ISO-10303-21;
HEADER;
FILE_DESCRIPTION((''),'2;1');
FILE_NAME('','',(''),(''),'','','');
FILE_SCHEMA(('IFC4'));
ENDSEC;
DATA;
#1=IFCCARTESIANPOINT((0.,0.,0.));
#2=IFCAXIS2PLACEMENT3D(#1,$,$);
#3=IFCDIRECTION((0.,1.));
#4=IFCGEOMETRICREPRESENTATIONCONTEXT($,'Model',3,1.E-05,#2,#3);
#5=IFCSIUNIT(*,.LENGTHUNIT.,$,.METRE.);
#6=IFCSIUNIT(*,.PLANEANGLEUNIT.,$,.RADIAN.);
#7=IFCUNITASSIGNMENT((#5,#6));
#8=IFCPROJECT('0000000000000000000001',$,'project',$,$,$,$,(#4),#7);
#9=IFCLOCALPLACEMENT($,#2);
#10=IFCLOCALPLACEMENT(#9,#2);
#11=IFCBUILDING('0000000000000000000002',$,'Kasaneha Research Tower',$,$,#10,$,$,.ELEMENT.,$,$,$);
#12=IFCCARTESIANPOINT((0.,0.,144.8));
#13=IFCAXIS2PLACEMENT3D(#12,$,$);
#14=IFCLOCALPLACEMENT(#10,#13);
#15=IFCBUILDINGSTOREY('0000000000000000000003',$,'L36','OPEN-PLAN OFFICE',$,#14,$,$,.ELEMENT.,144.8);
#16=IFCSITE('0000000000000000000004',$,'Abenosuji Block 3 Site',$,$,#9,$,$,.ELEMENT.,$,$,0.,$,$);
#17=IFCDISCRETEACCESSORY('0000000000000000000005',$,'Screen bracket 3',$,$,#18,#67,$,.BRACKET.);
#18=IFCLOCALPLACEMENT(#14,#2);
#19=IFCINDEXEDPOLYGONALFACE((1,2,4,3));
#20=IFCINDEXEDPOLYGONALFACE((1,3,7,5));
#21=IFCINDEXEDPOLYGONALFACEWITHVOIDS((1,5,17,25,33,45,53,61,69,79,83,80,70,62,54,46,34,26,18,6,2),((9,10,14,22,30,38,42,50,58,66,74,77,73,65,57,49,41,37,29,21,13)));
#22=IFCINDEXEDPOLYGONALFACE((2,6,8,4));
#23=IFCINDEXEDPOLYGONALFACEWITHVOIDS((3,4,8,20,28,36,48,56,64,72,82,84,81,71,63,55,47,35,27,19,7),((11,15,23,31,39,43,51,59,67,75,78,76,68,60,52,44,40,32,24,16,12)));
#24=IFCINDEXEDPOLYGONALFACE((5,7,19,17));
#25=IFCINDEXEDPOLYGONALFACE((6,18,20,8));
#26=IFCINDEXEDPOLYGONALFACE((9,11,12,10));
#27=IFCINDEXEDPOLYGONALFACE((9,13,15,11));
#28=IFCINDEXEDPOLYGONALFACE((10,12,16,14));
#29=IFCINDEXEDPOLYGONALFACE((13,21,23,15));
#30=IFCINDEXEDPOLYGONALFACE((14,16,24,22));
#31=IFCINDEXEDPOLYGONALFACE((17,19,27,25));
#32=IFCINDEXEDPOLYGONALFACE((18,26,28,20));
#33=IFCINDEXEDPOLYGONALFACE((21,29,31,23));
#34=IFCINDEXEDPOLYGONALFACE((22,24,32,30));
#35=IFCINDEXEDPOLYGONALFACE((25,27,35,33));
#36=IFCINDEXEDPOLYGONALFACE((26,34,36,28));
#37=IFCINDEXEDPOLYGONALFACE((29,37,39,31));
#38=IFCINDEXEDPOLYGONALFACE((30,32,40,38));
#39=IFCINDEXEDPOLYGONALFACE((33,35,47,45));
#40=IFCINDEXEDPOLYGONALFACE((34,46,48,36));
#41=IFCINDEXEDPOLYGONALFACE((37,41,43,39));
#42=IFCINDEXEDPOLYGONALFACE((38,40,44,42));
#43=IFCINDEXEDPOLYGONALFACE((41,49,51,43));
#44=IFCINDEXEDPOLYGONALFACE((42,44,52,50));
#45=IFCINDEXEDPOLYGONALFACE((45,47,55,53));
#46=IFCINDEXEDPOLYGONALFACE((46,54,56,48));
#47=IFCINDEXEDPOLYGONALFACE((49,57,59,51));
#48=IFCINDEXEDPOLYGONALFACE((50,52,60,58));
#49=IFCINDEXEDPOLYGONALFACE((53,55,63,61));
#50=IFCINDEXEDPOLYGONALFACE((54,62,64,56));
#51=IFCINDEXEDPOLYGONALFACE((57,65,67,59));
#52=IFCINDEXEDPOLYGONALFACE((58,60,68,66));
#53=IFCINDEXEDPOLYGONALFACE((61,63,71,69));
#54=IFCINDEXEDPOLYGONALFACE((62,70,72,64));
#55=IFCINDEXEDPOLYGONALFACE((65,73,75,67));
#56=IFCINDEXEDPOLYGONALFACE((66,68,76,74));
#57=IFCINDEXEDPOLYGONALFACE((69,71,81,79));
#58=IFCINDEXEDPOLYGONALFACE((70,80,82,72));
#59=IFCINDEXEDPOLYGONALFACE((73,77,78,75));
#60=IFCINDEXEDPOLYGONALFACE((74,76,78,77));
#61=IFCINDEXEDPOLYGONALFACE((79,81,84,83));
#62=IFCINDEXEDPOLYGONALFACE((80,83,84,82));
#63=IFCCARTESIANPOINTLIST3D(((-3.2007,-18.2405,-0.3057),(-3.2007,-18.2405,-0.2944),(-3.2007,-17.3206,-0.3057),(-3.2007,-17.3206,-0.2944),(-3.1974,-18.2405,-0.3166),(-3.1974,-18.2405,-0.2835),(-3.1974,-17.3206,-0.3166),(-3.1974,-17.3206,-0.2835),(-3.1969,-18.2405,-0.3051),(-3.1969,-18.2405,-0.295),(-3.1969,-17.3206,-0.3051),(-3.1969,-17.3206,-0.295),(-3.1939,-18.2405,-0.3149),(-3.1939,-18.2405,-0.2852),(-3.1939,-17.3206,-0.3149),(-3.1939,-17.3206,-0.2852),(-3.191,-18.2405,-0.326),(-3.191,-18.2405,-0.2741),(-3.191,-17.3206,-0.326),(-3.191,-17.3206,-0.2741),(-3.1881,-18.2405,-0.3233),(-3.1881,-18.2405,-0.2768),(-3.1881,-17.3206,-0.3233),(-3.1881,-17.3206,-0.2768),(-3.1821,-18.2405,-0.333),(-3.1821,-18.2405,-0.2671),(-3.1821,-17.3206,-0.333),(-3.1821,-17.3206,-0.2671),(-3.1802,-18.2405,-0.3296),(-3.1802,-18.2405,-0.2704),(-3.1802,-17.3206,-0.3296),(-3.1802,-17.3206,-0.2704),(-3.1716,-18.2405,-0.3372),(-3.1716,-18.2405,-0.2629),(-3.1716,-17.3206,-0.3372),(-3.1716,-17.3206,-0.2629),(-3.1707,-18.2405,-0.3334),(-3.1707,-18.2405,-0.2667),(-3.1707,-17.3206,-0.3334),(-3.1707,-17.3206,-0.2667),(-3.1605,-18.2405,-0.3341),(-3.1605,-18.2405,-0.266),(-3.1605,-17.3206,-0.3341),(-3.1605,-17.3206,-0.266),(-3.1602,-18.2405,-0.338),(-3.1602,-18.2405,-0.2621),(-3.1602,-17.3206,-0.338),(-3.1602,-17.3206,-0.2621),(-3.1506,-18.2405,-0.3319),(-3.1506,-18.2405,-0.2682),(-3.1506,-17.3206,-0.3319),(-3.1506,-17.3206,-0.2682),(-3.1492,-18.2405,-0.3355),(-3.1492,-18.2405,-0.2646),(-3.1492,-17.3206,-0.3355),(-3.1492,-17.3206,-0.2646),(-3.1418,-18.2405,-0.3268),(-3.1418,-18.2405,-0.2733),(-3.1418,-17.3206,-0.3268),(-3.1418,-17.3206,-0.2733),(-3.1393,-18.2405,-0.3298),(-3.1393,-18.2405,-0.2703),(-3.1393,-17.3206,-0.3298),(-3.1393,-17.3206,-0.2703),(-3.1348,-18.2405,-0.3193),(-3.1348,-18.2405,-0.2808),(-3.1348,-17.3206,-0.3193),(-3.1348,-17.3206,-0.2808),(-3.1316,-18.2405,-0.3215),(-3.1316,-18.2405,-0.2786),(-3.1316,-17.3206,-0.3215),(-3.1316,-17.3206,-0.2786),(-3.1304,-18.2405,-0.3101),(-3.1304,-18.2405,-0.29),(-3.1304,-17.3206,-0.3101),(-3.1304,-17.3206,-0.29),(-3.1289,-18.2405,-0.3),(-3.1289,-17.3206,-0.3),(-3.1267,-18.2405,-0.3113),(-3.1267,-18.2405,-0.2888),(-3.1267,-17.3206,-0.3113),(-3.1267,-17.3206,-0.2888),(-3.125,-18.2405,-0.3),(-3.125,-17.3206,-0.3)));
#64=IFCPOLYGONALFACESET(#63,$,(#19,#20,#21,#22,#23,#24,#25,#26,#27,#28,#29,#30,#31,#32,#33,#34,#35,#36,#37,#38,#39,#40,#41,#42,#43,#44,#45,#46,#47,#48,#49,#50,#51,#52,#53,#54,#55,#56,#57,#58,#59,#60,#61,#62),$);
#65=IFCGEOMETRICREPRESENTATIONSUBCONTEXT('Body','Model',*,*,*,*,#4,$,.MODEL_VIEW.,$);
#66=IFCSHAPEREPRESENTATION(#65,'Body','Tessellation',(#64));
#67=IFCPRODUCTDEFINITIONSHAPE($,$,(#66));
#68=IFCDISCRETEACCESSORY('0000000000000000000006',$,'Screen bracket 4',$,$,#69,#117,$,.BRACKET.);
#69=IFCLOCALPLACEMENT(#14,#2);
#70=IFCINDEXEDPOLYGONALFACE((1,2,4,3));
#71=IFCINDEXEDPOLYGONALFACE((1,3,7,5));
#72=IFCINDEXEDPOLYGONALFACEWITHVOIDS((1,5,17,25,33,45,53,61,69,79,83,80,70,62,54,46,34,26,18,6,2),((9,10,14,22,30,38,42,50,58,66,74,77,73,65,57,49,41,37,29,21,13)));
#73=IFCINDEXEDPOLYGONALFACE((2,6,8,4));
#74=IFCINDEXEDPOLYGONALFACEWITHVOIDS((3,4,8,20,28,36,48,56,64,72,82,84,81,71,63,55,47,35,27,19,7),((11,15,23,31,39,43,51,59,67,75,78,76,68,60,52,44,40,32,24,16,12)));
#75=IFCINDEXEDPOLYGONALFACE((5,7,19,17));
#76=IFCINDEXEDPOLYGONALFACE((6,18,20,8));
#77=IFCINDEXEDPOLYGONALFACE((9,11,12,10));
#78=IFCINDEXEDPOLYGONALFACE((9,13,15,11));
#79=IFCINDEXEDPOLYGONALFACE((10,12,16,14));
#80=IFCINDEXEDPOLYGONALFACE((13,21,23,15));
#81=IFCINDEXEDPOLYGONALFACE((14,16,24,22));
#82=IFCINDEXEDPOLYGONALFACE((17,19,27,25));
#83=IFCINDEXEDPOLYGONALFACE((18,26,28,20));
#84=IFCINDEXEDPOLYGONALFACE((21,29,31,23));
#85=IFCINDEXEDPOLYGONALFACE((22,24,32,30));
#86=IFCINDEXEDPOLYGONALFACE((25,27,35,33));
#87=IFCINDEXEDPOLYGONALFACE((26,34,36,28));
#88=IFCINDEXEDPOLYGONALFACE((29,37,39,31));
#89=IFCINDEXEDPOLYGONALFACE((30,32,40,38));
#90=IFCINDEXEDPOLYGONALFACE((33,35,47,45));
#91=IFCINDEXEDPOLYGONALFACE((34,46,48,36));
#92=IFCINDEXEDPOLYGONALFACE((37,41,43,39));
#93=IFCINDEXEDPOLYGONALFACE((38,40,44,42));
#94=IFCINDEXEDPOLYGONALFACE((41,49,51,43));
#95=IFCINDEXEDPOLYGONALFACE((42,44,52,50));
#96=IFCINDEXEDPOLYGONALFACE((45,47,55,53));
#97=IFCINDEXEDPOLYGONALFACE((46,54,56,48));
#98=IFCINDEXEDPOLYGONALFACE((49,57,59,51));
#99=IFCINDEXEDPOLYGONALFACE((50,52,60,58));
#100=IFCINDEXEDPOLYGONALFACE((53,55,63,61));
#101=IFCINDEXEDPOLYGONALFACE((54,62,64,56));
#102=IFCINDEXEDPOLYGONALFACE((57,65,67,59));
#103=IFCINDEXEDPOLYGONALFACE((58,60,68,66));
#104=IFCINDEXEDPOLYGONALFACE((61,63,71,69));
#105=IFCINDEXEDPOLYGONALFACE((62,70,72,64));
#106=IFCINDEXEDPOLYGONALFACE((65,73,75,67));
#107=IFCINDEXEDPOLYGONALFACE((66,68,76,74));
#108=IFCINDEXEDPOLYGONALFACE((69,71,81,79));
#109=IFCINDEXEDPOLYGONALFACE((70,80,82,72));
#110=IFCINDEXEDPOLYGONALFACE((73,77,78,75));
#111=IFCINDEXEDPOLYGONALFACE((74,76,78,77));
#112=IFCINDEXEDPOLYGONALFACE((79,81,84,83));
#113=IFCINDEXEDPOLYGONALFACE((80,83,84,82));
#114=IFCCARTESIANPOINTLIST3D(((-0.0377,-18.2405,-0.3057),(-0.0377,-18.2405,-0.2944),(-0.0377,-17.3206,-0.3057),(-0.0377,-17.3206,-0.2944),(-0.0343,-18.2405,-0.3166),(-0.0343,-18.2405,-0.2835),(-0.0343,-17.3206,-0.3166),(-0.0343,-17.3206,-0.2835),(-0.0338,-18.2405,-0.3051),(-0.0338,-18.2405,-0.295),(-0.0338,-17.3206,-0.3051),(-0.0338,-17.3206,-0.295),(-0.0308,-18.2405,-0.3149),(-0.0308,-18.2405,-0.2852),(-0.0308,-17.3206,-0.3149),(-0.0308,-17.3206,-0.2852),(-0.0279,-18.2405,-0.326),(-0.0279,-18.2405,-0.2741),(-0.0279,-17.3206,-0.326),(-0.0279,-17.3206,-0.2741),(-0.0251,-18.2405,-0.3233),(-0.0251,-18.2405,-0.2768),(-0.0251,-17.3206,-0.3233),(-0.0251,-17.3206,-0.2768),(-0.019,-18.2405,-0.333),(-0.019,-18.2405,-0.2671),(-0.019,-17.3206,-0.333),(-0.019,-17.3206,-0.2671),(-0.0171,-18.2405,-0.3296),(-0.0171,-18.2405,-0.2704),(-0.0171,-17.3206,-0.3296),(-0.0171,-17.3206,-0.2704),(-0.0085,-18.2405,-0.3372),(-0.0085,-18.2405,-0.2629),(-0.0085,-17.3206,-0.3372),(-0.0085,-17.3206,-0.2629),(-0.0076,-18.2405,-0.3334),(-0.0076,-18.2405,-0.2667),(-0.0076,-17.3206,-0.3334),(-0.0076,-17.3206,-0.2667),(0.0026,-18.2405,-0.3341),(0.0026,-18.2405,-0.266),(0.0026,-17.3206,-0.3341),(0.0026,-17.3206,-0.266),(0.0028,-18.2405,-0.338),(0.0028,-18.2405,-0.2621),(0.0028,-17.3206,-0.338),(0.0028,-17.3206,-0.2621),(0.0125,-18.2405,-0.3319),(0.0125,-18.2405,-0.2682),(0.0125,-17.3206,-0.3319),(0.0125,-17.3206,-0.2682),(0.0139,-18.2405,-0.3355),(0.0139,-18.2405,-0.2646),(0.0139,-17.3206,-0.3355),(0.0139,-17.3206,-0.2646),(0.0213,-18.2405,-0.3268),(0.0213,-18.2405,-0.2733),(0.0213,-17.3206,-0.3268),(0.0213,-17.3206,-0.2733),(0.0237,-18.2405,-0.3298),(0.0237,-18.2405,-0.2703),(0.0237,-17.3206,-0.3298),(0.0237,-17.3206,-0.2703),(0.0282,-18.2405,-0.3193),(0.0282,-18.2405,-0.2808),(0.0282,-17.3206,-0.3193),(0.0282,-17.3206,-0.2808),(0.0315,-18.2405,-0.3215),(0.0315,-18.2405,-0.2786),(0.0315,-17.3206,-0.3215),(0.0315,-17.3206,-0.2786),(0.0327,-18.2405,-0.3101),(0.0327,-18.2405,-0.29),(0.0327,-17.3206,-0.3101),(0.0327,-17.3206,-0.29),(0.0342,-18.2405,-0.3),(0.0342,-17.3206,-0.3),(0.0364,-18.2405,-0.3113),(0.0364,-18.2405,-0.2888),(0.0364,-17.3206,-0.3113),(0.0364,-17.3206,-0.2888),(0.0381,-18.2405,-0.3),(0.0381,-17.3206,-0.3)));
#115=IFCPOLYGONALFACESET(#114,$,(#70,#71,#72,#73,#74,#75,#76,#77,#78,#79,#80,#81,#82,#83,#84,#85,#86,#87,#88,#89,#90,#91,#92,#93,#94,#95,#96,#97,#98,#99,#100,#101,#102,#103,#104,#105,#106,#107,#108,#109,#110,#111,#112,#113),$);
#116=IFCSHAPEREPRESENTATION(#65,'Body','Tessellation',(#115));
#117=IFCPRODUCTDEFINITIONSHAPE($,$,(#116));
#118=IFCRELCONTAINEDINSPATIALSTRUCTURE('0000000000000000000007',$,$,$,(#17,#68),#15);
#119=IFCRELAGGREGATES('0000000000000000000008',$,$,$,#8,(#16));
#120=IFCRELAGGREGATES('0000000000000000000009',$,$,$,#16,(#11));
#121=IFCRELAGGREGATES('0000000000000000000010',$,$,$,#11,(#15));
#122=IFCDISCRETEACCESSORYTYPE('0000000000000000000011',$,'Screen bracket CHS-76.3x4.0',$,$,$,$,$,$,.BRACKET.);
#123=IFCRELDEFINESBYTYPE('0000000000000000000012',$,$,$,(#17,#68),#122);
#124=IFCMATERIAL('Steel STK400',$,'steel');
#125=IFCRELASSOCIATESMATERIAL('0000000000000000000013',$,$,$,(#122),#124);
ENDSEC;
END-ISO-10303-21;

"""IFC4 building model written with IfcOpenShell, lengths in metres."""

from ifc_helpers import new_model, si_unit, direction, frame, origin, origin_2d, place, context, subcontext, project, spatial, hollow_circle, extrude, material, material_profile, profile_set, type_object, element, save


model = new_model("IFC4")

# Units and contexts
model_context = context("Model", 3, precision=1e-05, world=origin(), true_north=direction((0.0, 1.0)))
body_context = subcontext(model_context, "Body", "Model", "MODEL_VIEW")
ifc_project = project(units=[si_unit("LENGTHUNIT", "METRE"), si_unit("PLANEANGLEUNIT", "RADIAN")], contexts=[model_context])

# Site, building, storey
site_placement = place(None, origin())
site = spatial("IfcSite", under=ifc_project, at=site_placement, Name="Abenosuji Block 3 Site", CompositionType="ELEMENT", RefElevation=0.0)
building_placement = place(site_placement, origin())
building = spatial("IfcBuilding", under=site, at=building_placement, Name="Kasaneha Research Tower", CompositionType="ELEMENT")
storey_placement = place(building_placement, frame((0.0, 0.0, 144.8)))
storey = spatial("IfcBuildingStorey", under=building, at=storey_placement, Name="L36", Description="OPEN-PLAN OFFICE", CompositionType="ELEMENT", Elevation=144.8)

# Discrete accessories
ifc_material_1 = material(Name="Steel STK400", Category="steel")
ifc_material_profile_1 = material_profile(ifc_material_1, hollow_circle(Radius=0.0381, WallThickness=0.0039, at=origin_2d()), Name="CHS-76.3x4.0")
ifc_profile_set_1 = profile_set([ifc_material_profile_1], Name="Steel STK400")
discrete_accessory_type = type_object("IfcDiscreteAccessoryType", Name="Screen bracket CHS-76.3x4.0", PredefinedType="BRACKET", material=ifc_profile_set_1)
for number, where, z_axis, x_axis, name in (
    (1, (-3.1631, -17.3206, -0.3), (0.0, -1.0, 0.0), (1.0, 0.0, 0.0), "Screen bracket 3"),
    (2, (0.0, -17.3206, -0.3), (0.0, -1.0, 0.0), (1.0, 0.0, 0.0), "Screen bracket 4"),
):
    element("IfcDiscreteAccessory", number, at=place(storey_placement, frame(where, z_axis=z_axis, x_axis=x_axis)), inside=storey, type_object=discrete_accessory_type, Name=name, PredefinedType="BRACKET", context=body_context, shape_type="SweptSolid", body=[
        extrude(hollow_circle(Radius=0.0381, WallThickness=0.0039, at=origin_2d()), origin(), (0.0, 0.0, 1.0), 0.9199),
    ])

save(model, "model.ifc")
